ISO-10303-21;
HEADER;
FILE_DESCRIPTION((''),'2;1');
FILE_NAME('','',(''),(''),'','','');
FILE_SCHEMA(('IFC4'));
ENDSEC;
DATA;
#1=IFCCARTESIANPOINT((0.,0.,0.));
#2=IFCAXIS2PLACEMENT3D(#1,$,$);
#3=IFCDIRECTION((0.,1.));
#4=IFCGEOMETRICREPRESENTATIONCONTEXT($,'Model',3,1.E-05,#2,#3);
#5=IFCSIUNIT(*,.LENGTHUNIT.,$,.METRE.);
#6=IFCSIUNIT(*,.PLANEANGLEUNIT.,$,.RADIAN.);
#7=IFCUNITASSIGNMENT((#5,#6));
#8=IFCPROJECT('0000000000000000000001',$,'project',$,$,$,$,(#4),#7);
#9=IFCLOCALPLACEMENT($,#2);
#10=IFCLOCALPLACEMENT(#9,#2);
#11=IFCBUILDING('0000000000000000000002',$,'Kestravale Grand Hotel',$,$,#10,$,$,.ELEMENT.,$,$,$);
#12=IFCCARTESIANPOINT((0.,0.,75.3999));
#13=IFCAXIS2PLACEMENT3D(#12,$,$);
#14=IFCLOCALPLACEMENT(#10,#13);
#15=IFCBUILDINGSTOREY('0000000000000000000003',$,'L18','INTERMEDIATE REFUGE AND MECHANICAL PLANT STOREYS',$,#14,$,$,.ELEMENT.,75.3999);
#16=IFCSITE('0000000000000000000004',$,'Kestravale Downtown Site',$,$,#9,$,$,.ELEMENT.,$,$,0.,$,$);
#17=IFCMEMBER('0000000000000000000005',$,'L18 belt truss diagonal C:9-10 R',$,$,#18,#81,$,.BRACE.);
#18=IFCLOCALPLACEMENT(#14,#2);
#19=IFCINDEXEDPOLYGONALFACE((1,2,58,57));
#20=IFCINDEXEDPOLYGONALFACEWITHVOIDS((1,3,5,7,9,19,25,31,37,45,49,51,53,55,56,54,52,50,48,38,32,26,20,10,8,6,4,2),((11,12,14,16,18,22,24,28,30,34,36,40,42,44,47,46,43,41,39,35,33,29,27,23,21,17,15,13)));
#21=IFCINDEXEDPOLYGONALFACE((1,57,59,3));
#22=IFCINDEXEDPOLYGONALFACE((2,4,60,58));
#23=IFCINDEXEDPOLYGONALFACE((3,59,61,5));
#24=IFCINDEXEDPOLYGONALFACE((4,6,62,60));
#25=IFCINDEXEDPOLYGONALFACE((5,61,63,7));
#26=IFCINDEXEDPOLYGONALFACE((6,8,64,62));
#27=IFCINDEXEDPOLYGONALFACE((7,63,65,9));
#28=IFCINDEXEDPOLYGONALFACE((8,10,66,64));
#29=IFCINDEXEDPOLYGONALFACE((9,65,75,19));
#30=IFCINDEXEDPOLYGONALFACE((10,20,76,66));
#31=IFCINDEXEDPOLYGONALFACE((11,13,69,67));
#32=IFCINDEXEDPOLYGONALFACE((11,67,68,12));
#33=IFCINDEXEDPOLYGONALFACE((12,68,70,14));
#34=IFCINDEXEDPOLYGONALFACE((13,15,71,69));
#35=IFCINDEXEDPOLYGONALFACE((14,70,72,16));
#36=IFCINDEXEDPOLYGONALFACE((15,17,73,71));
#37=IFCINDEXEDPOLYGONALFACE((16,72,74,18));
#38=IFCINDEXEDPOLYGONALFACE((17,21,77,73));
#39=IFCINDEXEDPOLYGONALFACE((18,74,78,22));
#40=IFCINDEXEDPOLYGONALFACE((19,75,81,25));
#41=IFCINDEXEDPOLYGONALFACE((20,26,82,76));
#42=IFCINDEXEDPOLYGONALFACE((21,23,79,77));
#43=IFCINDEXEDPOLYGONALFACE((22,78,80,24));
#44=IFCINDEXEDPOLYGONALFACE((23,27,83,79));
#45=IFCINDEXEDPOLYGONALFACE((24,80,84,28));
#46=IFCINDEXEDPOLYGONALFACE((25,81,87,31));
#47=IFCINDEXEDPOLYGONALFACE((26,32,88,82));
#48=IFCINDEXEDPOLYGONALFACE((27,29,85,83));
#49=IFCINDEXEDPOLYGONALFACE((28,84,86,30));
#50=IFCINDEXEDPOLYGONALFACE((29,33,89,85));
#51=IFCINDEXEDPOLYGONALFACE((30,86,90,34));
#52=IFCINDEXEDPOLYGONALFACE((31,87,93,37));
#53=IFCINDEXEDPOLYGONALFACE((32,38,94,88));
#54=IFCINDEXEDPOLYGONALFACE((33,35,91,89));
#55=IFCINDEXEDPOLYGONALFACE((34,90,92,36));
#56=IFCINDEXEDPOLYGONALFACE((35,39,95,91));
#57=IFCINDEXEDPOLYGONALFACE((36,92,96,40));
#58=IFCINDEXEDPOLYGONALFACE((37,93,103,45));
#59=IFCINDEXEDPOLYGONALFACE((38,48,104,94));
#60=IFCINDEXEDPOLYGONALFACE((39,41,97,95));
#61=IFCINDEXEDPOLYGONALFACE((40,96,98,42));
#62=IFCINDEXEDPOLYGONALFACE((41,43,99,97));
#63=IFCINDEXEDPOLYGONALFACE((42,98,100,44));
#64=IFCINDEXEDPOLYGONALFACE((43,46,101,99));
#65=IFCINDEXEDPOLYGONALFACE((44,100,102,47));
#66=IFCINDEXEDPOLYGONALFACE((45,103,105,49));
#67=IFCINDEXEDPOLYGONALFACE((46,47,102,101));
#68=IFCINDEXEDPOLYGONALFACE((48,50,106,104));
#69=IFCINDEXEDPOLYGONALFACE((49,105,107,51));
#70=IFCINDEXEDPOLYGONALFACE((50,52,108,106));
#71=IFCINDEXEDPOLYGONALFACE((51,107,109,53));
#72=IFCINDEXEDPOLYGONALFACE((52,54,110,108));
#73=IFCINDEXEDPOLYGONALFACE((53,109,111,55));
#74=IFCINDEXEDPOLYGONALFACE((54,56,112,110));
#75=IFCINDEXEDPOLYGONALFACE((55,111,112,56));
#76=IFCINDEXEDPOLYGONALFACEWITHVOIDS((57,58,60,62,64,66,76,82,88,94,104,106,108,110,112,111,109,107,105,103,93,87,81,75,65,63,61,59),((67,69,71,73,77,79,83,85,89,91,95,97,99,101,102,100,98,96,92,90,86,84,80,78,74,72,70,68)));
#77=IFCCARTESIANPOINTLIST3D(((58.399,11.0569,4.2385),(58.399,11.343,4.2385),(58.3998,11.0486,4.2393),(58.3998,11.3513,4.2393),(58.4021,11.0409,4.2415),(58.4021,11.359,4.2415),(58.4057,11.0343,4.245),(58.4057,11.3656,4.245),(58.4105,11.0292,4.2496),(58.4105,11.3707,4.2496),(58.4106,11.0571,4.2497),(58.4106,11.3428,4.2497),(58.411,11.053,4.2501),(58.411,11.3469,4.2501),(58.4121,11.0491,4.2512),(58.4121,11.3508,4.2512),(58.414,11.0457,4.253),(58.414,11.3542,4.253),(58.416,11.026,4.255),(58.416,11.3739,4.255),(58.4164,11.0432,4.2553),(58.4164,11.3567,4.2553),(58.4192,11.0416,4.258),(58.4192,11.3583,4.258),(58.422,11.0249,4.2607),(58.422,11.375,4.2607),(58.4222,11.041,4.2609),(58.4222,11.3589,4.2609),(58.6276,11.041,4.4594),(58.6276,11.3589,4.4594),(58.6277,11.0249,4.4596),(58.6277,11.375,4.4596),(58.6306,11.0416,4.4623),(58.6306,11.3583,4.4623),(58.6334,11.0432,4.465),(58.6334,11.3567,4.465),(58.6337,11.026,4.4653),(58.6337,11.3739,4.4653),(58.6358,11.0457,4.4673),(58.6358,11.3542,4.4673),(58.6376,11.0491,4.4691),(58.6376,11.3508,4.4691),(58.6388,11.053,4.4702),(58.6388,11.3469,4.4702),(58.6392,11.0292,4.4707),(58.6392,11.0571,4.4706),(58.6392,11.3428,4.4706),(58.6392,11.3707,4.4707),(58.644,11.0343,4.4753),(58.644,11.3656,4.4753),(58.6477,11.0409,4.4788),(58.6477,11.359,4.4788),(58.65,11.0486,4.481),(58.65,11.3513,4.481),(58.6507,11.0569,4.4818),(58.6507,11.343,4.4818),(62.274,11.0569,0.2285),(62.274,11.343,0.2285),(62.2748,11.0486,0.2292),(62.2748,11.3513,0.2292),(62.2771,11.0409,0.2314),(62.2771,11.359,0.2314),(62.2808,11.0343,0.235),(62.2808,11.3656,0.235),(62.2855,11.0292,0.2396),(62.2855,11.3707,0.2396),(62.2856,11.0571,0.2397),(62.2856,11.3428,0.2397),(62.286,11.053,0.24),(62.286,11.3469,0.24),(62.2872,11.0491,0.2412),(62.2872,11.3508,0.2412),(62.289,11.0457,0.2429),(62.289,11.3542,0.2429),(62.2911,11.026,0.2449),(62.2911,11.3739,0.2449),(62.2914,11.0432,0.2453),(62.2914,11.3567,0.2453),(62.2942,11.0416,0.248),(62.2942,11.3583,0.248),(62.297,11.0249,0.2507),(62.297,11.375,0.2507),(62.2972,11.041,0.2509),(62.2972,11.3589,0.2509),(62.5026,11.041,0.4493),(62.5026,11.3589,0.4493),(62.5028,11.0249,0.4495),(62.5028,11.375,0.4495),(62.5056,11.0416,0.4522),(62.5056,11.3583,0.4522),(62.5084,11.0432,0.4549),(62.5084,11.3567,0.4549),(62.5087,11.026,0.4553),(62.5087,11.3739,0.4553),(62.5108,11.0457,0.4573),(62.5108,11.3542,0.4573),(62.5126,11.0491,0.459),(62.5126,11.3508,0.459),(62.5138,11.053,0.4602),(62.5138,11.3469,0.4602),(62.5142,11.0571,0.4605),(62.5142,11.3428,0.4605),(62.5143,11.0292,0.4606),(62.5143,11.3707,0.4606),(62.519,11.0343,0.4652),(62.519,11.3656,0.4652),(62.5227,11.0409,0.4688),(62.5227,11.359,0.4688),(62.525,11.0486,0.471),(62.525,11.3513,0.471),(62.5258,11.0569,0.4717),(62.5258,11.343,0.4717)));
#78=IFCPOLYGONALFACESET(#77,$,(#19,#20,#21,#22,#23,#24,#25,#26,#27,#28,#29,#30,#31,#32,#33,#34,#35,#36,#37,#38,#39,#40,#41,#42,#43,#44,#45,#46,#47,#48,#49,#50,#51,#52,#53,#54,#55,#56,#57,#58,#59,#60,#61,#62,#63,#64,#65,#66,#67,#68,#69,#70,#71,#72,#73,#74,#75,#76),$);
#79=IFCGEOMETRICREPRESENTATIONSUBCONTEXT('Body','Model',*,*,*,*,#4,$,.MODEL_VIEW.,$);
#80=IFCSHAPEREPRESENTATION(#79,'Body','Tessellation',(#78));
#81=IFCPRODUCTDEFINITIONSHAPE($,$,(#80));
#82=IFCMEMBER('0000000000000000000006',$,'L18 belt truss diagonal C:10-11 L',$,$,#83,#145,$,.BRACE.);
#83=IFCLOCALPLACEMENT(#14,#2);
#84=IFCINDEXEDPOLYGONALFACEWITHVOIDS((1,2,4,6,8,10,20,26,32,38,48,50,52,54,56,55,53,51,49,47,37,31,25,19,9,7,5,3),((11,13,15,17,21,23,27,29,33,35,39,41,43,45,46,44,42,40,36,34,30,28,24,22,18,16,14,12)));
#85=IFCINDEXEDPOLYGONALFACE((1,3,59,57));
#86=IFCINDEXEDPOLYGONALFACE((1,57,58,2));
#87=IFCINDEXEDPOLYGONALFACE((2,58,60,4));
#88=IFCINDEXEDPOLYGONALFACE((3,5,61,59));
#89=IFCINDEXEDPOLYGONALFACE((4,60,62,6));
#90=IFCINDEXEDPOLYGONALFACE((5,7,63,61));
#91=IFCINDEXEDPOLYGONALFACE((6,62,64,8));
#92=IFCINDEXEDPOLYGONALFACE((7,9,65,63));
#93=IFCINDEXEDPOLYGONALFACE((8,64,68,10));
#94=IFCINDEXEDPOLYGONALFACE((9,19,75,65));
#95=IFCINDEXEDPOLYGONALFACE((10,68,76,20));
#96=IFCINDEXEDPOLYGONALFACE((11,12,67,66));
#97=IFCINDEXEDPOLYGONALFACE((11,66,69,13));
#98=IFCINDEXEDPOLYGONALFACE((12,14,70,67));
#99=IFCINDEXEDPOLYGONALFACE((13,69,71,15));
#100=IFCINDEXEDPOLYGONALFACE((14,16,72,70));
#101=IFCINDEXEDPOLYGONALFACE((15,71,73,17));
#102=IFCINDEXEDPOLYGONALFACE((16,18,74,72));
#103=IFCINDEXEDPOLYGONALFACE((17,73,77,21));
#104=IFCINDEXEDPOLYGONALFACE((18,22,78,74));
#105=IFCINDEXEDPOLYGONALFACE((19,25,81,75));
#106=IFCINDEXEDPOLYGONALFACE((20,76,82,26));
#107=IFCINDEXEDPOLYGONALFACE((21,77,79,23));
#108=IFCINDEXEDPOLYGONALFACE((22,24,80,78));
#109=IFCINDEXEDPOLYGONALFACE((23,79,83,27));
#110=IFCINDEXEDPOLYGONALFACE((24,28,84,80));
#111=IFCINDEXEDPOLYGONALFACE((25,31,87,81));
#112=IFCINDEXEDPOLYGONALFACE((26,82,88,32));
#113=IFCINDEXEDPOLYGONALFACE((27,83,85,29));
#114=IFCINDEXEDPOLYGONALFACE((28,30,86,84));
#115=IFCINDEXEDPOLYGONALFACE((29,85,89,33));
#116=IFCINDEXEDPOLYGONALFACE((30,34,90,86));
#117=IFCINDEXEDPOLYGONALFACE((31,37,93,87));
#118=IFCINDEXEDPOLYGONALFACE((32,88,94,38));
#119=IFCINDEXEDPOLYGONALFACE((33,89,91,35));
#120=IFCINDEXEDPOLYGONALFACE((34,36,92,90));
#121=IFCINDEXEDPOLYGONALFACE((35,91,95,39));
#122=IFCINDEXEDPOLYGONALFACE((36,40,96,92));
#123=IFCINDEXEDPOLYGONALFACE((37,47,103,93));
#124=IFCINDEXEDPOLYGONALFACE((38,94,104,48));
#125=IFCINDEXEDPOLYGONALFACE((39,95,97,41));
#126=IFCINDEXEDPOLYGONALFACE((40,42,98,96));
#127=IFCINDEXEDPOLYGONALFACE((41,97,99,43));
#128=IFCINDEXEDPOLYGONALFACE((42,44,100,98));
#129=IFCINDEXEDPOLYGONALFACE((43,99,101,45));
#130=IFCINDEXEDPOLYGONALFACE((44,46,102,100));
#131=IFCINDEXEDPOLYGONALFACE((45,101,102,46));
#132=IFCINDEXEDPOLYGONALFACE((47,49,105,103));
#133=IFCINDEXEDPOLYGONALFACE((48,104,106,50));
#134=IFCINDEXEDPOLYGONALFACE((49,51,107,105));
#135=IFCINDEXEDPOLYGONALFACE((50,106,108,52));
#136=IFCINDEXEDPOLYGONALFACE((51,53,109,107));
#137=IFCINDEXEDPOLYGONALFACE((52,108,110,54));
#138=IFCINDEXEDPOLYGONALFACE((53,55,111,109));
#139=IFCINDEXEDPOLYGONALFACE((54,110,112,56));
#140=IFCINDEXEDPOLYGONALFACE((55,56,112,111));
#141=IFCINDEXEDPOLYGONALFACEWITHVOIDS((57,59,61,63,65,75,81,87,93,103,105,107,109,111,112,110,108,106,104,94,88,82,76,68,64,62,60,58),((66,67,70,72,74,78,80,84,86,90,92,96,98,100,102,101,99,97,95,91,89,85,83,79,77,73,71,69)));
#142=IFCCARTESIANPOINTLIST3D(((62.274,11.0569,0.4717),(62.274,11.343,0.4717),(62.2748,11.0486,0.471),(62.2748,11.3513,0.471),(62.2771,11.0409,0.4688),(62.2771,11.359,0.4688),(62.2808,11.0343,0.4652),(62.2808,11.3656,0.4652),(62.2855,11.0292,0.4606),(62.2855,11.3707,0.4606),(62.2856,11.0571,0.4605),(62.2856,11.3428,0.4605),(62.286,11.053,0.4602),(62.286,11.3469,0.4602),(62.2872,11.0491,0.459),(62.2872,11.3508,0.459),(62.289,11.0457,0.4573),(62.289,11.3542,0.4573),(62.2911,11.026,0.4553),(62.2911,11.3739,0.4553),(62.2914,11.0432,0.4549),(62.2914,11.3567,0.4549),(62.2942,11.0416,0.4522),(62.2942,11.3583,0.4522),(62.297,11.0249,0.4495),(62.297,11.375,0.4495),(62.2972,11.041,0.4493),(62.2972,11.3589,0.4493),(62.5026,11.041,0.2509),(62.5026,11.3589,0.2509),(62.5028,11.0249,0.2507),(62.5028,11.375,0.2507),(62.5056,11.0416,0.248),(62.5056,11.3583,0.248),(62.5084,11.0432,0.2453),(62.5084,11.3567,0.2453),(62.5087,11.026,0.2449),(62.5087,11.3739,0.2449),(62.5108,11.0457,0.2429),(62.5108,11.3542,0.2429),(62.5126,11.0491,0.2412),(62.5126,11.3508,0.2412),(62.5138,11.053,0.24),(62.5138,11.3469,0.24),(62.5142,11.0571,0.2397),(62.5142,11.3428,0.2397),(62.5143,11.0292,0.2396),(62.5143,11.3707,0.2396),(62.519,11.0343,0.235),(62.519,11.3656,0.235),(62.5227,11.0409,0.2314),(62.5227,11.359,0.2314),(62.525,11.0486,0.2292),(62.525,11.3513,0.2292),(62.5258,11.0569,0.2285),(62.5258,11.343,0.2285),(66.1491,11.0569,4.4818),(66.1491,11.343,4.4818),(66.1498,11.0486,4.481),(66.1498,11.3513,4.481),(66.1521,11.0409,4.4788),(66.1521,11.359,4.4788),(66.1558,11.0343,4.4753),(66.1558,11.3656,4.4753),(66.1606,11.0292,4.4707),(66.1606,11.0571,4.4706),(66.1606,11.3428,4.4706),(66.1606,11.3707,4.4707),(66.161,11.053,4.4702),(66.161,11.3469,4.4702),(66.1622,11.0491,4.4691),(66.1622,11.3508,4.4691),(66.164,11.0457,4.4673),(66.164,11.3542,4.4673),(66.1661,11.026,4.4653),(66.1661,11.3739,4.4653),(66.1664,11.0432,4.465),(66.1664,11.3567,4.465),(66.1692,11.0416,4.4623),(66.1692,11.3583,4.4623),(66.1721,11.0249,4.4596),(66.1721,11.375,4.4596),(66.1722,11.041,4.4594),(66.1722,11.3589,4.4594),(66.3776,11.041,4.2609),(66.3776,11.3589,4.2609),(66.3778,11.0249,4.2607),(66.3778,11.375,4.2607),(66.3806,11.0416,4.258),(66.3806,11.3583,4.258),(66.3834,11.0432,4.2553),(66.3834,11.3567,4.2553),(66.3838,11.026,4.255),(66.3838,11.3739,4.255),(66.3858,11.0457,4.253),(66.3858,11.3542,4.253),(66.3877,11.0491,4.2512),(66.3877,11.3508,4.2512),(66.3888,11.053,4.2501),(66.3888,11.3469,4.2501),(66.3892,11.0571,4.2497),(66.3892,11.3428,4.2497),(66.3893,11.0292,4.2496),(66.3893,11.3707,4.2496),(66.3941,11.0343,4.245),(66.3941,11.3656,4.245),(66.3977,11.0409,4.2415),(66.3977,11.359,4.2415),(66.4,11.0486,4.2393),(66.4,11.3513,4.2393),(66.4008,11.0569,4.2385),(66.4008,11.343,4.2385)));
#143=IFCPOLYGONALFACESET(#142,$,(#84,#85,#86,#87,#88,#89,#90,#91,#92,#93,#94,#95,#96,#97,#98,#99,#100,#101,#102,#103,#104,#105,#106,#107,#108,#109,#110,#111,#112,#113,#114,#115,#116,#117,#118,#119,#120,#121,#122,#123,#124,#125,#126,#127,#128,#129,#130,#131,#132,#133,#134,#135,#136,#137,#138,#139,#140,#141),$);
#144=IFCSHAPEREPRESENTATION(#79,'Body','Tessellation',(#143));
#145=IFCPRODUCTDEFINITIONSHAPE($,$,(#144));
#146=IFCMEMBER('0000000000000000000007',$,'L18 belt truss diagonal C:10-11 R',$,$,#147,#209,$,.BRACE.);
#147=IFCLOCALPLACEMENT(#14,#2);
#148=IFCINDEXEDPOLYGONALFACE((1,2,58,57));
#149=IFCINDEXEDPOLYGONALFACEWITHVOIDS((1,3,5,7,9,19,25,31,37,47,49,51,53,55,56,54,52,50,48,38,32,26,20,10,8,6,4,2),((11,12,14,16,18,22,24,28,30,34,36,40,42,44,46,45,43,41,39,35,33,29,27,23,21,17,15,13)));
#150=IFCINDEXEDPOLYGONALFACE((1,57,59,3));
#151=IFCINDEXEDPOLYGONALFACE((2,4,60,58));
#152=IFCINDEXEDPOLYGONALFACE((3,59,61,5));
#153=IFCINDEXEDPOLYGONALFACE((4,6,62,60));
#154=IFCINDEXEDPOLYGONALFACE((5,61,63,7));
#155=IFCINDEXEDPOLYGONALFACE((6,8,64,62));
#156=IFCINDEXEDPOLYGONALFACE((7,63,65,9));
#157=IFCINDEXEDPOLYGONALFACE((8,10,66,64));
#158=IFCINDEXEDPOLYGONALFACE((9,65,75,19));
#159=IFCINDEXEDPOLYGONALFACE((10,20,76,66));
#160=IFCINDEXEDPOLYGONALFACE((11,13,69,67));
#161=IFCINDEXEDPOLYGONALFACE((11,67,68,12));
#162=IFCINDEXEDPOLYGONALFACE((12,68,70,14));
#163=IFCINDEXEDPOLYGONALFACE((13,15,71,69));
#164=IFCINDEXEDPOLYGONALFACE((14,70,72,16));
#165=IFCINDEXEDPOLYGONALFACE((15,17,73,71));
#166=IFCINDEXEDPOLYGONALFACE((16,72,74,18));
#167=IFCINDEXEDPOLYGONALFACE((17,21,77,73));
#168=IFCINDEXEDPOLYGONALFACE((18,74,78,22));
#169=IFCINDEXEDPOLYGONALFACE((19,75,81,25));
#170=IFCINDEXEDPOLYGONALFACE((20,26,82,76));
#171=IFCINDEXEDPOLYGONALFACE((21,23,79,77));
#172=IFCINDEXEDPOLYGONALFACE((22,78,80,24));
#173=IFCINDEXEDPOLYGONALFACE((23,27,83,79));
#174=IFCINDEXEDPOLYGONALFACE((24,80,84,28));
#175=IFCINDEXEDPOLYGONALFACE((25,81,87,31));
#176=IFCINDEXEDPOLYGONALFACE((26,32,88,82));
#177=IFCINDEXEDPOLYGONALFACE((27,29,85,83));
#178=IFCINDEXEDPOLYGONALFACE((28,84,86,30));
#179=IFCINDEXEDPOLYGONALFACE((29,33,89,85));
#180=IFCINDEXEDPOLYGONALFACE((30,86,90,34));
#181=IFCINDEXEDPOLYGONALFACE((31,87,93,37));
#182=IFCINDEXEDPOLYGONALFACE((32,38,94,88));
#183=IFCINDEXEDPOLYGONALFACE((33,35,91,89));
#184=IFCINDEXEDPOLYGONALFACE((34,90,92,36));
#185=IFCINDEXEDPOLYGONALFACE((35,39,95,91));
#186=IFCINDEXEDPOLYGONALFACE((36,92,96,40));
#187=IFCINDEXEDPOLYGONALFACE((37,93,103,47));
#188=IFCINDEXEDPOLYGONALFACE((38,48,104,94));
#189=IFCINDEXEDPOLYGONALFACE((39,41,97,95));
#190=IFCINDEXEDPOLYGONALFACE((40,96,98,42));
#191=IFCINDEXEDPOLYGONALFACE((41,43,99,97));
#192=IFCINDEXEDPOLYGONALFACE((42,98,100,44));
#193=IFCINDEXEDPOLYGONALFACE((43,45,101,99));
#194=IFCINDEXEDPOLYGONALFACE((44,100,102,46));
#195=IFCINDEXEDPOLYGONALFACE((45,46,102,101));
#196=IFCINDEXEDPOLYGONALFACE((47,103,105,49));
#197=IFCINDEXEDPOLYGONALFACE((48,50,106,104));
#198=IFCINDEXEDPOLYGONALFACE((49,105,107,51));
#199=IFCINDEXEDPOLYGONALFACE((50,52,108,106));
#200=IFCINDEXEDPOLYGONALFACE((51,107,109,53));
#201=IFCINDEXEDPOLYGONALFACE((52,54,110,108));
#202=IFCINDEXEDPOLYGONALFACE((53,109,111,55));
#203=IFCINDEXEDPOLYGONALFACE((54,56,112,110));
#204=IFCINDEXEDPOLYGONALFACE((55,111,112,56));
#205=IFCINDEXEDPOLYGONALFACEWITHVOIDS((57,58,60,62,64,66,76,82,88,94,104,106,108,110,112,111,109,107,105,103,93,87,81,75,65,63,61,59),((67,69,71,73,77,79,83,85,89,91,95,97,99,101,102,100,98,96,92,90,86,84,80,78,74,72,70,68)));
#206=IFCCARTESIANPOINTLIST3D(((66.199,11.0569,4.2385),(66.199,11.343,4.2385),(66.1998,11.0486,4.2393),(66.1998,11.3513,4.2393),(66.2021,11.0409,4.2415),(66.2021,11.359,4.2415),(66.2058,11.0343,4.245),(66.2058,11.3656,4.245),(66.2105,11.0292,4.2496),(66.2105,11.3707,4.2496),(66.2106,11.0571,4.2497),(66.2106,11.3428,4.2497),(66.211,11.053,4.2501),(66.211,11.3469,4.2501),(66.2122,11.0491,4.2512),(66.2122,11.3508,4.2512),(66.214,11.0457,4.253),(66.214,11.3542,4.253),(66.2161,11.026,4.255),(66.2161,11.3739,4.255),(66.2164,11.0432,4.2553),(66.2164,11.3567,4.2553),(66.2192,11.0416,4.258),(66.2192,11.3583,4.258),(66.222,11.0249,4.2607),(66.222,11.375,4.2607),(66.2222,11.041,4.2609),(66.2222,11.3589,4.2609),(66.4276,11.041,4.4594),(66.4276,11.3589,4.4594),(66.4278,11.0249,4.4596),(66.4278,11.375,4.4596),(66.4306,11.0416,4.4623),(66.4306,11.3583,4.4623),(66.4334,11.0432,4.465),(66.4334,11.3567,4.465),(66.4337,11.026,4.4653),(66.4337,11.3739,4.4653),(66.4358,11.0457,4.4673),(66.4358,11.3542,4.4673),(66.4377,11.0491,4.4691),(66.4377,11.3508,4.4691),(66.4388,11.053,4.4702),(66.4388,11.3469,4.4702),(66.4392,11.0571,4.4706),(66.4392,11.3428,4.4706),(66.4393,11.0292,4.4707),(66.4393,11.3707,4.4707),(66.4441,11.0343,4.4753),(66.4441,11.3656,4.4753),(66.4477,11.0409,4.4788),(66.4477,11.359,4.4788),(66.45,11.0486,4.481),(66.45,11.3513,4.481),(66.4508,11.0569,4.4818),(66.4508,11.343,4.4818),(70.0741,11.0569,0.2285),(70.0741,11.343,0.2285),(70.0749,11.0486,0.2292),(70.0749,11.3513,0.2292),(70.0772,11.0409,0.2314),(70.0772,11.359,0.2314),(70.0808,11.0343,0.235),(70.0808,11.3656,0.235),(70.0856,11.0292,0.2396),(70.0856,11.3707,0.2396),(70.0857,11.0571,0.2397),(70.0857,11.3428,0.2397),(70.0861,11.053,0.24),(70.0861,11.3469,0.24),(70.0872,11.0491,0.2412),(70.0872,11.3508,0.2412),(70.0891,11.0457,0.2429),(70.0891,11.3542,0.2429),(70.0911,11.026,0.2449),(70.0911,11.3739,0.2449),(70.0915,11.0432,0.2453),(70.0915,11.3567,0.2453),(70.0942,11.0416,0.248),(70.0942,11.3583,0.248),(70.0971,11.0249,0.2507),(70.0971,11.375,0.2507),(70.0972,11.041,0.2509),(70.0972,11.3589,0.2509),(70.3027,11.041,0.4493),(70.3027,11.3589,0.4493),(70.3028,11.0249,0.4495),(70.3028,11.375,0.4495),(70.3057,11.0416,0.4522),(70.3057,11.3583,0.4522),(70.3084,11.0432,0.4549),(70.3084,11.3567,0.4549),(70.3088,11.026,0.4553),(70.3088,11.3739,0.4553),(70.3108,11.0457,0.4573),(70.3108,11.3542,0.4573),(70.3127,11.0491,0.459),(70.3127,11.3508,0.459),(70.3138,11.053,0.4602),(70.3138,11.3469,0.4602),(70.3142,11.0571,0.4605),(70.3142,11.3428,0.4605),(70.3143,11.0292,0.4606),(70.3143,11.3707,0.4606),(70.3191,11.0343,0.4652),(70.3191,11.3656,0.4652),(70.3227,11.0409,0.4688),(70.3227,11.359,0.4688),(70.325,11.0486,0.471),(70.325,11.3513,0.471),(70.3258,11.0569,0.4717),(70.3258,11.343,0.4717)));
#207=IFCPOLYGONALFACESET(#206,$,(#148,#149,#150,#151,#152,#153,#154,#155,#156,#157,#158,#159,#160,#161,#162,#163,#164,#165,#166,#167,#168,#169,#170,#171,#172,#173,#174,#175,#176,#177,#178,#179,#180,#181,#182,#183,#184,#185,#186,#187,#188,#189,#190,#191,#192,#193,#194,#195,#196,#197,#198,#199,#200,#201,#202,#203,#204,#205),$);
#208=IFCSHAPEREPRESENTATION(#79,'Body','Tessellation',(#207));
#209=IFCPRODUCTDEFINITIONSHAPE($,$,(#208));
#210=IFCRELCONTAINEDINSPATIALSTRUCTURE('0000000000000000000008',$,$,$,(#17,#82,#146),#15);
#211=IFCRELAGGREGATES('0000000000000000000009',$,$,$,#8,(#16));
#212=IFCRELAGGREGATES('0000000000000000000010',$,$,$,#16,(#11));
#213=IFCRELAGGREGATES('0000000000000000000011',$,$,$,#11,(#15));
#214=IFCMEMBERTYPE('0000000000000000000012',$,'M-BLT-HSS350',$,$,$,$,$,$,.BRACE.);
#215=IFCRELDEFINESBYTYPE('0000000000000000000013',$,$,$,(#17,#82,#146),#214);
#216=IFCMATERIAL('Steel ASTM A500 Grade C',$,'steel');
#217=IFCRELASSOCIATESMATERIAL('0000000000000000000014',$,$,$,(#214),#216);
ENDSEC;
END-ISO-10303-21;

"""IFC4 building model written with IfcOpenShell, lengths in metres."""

from ifc_helpers import new_model, si_unit, direction, frame, origin, origin_2d, place, context, subcontext, project, spatial, hollow_rectangle, extrude, material, material_profile, profile_set, type_object, element, save


model = new_model("IFC4")

# Units and contexts
model_context = context("Model", 3, precision=1e-05, world=origin(), true_north=direction((0.0, 1.0)))
body_context = subcontext(model_context, "Body", "Model", "MODEL_VIEW")
ifc_project = project(units=[si_unit("LENGTHUNIT", "METRE"), si_unit("PLANEANGLEUNIT", "RADIAN")], contexts=[model_context])

# Site, building, storey
site_placement = place(None, origin())
site = spatial("IfcSite", under=ifc_project, at=site_placement, Name="Kestravale Downtown Site", CompositionType="ELEMENT", RefElevation=0.0)
building_placement = place(site_placement, origin())
building = spatial("IfcBuilding", under=site, at=building_placement, Name="Kestravale Grand Hotel", CompositionType="ELEMENT")
storey_placement = place(building_placement, frame((0.0, 0.0, 75.3999)))
storey = spatial("IfcBuildingStorey", under=building, at=storey_placement, Name="L18", Description="INTERMEDIATE REFUGE AND MECHANICAL PLANT STOREYS", CompositionType="ELEMENT", Elevation=75.3999)

# Members
ifc_material_1 = material(Name="Steel ASTM A500 Grade C", Category="steel")
ifc_material_profile_1 = material_profile(ifc_material_1, hollow_rectangle(XDim=0.3501, YDim=0.3501, WallThickness=0.0161, InnerFilletRadius=0.0161, OuterFilletRadius=0.032, at=origin_2d()))
ifc_profile_set_1 = profile_set([ifc_material_profile_1], Name="Steel ASTM A500 Grade C")
member_type_1 = type_object("IfcMemberType", Name="M-BLT-HSS350", PredefinedType="BRACE", material=ifc_profile_set_1)
for number, where, z_axis, x_axis, name in (
    (1, (62.3999, 11.2, 0.3501), (-0.694898, 0.0, 0.719109), (0.0, -1.0, 0.0), "L18 belt truss diagonal C:9-10 R"),
    (2, (62.3999, 11.2, 0.3501), (0.694898, 0.0, 0.719109), (0.0, 1.0, 0.0), "L18 belt truss diagonal C:10-11 L"),
    (3, (70.2, 11.2, 0.3501), (-0.694898, 0.0, 0.719109), (0.0, -1.0, 0.0), "L18 belt truss diagonal C:10-11 R"),
):
    element("IfcMember", number, at=place(storey_placement, frame(where, z_axis=z_axis, x_axis=x_axis)), inside=storey, type_object=member_type_1, Name=name, PredefinedType="BRACE", context=body_context, shape_type="SweptSolid", body=[
        extrude(hollow_rectangle(XDim=0.3501, YDim=0.3501, WallThickness=0.0161, InnerFilletRadius=0.0161, OuterFilletRadius=0.032, at=origin_2d()), origin(), (0.0, 0.0, 1.0), 5.5764),
    ])

save(model, "model.ifc")
